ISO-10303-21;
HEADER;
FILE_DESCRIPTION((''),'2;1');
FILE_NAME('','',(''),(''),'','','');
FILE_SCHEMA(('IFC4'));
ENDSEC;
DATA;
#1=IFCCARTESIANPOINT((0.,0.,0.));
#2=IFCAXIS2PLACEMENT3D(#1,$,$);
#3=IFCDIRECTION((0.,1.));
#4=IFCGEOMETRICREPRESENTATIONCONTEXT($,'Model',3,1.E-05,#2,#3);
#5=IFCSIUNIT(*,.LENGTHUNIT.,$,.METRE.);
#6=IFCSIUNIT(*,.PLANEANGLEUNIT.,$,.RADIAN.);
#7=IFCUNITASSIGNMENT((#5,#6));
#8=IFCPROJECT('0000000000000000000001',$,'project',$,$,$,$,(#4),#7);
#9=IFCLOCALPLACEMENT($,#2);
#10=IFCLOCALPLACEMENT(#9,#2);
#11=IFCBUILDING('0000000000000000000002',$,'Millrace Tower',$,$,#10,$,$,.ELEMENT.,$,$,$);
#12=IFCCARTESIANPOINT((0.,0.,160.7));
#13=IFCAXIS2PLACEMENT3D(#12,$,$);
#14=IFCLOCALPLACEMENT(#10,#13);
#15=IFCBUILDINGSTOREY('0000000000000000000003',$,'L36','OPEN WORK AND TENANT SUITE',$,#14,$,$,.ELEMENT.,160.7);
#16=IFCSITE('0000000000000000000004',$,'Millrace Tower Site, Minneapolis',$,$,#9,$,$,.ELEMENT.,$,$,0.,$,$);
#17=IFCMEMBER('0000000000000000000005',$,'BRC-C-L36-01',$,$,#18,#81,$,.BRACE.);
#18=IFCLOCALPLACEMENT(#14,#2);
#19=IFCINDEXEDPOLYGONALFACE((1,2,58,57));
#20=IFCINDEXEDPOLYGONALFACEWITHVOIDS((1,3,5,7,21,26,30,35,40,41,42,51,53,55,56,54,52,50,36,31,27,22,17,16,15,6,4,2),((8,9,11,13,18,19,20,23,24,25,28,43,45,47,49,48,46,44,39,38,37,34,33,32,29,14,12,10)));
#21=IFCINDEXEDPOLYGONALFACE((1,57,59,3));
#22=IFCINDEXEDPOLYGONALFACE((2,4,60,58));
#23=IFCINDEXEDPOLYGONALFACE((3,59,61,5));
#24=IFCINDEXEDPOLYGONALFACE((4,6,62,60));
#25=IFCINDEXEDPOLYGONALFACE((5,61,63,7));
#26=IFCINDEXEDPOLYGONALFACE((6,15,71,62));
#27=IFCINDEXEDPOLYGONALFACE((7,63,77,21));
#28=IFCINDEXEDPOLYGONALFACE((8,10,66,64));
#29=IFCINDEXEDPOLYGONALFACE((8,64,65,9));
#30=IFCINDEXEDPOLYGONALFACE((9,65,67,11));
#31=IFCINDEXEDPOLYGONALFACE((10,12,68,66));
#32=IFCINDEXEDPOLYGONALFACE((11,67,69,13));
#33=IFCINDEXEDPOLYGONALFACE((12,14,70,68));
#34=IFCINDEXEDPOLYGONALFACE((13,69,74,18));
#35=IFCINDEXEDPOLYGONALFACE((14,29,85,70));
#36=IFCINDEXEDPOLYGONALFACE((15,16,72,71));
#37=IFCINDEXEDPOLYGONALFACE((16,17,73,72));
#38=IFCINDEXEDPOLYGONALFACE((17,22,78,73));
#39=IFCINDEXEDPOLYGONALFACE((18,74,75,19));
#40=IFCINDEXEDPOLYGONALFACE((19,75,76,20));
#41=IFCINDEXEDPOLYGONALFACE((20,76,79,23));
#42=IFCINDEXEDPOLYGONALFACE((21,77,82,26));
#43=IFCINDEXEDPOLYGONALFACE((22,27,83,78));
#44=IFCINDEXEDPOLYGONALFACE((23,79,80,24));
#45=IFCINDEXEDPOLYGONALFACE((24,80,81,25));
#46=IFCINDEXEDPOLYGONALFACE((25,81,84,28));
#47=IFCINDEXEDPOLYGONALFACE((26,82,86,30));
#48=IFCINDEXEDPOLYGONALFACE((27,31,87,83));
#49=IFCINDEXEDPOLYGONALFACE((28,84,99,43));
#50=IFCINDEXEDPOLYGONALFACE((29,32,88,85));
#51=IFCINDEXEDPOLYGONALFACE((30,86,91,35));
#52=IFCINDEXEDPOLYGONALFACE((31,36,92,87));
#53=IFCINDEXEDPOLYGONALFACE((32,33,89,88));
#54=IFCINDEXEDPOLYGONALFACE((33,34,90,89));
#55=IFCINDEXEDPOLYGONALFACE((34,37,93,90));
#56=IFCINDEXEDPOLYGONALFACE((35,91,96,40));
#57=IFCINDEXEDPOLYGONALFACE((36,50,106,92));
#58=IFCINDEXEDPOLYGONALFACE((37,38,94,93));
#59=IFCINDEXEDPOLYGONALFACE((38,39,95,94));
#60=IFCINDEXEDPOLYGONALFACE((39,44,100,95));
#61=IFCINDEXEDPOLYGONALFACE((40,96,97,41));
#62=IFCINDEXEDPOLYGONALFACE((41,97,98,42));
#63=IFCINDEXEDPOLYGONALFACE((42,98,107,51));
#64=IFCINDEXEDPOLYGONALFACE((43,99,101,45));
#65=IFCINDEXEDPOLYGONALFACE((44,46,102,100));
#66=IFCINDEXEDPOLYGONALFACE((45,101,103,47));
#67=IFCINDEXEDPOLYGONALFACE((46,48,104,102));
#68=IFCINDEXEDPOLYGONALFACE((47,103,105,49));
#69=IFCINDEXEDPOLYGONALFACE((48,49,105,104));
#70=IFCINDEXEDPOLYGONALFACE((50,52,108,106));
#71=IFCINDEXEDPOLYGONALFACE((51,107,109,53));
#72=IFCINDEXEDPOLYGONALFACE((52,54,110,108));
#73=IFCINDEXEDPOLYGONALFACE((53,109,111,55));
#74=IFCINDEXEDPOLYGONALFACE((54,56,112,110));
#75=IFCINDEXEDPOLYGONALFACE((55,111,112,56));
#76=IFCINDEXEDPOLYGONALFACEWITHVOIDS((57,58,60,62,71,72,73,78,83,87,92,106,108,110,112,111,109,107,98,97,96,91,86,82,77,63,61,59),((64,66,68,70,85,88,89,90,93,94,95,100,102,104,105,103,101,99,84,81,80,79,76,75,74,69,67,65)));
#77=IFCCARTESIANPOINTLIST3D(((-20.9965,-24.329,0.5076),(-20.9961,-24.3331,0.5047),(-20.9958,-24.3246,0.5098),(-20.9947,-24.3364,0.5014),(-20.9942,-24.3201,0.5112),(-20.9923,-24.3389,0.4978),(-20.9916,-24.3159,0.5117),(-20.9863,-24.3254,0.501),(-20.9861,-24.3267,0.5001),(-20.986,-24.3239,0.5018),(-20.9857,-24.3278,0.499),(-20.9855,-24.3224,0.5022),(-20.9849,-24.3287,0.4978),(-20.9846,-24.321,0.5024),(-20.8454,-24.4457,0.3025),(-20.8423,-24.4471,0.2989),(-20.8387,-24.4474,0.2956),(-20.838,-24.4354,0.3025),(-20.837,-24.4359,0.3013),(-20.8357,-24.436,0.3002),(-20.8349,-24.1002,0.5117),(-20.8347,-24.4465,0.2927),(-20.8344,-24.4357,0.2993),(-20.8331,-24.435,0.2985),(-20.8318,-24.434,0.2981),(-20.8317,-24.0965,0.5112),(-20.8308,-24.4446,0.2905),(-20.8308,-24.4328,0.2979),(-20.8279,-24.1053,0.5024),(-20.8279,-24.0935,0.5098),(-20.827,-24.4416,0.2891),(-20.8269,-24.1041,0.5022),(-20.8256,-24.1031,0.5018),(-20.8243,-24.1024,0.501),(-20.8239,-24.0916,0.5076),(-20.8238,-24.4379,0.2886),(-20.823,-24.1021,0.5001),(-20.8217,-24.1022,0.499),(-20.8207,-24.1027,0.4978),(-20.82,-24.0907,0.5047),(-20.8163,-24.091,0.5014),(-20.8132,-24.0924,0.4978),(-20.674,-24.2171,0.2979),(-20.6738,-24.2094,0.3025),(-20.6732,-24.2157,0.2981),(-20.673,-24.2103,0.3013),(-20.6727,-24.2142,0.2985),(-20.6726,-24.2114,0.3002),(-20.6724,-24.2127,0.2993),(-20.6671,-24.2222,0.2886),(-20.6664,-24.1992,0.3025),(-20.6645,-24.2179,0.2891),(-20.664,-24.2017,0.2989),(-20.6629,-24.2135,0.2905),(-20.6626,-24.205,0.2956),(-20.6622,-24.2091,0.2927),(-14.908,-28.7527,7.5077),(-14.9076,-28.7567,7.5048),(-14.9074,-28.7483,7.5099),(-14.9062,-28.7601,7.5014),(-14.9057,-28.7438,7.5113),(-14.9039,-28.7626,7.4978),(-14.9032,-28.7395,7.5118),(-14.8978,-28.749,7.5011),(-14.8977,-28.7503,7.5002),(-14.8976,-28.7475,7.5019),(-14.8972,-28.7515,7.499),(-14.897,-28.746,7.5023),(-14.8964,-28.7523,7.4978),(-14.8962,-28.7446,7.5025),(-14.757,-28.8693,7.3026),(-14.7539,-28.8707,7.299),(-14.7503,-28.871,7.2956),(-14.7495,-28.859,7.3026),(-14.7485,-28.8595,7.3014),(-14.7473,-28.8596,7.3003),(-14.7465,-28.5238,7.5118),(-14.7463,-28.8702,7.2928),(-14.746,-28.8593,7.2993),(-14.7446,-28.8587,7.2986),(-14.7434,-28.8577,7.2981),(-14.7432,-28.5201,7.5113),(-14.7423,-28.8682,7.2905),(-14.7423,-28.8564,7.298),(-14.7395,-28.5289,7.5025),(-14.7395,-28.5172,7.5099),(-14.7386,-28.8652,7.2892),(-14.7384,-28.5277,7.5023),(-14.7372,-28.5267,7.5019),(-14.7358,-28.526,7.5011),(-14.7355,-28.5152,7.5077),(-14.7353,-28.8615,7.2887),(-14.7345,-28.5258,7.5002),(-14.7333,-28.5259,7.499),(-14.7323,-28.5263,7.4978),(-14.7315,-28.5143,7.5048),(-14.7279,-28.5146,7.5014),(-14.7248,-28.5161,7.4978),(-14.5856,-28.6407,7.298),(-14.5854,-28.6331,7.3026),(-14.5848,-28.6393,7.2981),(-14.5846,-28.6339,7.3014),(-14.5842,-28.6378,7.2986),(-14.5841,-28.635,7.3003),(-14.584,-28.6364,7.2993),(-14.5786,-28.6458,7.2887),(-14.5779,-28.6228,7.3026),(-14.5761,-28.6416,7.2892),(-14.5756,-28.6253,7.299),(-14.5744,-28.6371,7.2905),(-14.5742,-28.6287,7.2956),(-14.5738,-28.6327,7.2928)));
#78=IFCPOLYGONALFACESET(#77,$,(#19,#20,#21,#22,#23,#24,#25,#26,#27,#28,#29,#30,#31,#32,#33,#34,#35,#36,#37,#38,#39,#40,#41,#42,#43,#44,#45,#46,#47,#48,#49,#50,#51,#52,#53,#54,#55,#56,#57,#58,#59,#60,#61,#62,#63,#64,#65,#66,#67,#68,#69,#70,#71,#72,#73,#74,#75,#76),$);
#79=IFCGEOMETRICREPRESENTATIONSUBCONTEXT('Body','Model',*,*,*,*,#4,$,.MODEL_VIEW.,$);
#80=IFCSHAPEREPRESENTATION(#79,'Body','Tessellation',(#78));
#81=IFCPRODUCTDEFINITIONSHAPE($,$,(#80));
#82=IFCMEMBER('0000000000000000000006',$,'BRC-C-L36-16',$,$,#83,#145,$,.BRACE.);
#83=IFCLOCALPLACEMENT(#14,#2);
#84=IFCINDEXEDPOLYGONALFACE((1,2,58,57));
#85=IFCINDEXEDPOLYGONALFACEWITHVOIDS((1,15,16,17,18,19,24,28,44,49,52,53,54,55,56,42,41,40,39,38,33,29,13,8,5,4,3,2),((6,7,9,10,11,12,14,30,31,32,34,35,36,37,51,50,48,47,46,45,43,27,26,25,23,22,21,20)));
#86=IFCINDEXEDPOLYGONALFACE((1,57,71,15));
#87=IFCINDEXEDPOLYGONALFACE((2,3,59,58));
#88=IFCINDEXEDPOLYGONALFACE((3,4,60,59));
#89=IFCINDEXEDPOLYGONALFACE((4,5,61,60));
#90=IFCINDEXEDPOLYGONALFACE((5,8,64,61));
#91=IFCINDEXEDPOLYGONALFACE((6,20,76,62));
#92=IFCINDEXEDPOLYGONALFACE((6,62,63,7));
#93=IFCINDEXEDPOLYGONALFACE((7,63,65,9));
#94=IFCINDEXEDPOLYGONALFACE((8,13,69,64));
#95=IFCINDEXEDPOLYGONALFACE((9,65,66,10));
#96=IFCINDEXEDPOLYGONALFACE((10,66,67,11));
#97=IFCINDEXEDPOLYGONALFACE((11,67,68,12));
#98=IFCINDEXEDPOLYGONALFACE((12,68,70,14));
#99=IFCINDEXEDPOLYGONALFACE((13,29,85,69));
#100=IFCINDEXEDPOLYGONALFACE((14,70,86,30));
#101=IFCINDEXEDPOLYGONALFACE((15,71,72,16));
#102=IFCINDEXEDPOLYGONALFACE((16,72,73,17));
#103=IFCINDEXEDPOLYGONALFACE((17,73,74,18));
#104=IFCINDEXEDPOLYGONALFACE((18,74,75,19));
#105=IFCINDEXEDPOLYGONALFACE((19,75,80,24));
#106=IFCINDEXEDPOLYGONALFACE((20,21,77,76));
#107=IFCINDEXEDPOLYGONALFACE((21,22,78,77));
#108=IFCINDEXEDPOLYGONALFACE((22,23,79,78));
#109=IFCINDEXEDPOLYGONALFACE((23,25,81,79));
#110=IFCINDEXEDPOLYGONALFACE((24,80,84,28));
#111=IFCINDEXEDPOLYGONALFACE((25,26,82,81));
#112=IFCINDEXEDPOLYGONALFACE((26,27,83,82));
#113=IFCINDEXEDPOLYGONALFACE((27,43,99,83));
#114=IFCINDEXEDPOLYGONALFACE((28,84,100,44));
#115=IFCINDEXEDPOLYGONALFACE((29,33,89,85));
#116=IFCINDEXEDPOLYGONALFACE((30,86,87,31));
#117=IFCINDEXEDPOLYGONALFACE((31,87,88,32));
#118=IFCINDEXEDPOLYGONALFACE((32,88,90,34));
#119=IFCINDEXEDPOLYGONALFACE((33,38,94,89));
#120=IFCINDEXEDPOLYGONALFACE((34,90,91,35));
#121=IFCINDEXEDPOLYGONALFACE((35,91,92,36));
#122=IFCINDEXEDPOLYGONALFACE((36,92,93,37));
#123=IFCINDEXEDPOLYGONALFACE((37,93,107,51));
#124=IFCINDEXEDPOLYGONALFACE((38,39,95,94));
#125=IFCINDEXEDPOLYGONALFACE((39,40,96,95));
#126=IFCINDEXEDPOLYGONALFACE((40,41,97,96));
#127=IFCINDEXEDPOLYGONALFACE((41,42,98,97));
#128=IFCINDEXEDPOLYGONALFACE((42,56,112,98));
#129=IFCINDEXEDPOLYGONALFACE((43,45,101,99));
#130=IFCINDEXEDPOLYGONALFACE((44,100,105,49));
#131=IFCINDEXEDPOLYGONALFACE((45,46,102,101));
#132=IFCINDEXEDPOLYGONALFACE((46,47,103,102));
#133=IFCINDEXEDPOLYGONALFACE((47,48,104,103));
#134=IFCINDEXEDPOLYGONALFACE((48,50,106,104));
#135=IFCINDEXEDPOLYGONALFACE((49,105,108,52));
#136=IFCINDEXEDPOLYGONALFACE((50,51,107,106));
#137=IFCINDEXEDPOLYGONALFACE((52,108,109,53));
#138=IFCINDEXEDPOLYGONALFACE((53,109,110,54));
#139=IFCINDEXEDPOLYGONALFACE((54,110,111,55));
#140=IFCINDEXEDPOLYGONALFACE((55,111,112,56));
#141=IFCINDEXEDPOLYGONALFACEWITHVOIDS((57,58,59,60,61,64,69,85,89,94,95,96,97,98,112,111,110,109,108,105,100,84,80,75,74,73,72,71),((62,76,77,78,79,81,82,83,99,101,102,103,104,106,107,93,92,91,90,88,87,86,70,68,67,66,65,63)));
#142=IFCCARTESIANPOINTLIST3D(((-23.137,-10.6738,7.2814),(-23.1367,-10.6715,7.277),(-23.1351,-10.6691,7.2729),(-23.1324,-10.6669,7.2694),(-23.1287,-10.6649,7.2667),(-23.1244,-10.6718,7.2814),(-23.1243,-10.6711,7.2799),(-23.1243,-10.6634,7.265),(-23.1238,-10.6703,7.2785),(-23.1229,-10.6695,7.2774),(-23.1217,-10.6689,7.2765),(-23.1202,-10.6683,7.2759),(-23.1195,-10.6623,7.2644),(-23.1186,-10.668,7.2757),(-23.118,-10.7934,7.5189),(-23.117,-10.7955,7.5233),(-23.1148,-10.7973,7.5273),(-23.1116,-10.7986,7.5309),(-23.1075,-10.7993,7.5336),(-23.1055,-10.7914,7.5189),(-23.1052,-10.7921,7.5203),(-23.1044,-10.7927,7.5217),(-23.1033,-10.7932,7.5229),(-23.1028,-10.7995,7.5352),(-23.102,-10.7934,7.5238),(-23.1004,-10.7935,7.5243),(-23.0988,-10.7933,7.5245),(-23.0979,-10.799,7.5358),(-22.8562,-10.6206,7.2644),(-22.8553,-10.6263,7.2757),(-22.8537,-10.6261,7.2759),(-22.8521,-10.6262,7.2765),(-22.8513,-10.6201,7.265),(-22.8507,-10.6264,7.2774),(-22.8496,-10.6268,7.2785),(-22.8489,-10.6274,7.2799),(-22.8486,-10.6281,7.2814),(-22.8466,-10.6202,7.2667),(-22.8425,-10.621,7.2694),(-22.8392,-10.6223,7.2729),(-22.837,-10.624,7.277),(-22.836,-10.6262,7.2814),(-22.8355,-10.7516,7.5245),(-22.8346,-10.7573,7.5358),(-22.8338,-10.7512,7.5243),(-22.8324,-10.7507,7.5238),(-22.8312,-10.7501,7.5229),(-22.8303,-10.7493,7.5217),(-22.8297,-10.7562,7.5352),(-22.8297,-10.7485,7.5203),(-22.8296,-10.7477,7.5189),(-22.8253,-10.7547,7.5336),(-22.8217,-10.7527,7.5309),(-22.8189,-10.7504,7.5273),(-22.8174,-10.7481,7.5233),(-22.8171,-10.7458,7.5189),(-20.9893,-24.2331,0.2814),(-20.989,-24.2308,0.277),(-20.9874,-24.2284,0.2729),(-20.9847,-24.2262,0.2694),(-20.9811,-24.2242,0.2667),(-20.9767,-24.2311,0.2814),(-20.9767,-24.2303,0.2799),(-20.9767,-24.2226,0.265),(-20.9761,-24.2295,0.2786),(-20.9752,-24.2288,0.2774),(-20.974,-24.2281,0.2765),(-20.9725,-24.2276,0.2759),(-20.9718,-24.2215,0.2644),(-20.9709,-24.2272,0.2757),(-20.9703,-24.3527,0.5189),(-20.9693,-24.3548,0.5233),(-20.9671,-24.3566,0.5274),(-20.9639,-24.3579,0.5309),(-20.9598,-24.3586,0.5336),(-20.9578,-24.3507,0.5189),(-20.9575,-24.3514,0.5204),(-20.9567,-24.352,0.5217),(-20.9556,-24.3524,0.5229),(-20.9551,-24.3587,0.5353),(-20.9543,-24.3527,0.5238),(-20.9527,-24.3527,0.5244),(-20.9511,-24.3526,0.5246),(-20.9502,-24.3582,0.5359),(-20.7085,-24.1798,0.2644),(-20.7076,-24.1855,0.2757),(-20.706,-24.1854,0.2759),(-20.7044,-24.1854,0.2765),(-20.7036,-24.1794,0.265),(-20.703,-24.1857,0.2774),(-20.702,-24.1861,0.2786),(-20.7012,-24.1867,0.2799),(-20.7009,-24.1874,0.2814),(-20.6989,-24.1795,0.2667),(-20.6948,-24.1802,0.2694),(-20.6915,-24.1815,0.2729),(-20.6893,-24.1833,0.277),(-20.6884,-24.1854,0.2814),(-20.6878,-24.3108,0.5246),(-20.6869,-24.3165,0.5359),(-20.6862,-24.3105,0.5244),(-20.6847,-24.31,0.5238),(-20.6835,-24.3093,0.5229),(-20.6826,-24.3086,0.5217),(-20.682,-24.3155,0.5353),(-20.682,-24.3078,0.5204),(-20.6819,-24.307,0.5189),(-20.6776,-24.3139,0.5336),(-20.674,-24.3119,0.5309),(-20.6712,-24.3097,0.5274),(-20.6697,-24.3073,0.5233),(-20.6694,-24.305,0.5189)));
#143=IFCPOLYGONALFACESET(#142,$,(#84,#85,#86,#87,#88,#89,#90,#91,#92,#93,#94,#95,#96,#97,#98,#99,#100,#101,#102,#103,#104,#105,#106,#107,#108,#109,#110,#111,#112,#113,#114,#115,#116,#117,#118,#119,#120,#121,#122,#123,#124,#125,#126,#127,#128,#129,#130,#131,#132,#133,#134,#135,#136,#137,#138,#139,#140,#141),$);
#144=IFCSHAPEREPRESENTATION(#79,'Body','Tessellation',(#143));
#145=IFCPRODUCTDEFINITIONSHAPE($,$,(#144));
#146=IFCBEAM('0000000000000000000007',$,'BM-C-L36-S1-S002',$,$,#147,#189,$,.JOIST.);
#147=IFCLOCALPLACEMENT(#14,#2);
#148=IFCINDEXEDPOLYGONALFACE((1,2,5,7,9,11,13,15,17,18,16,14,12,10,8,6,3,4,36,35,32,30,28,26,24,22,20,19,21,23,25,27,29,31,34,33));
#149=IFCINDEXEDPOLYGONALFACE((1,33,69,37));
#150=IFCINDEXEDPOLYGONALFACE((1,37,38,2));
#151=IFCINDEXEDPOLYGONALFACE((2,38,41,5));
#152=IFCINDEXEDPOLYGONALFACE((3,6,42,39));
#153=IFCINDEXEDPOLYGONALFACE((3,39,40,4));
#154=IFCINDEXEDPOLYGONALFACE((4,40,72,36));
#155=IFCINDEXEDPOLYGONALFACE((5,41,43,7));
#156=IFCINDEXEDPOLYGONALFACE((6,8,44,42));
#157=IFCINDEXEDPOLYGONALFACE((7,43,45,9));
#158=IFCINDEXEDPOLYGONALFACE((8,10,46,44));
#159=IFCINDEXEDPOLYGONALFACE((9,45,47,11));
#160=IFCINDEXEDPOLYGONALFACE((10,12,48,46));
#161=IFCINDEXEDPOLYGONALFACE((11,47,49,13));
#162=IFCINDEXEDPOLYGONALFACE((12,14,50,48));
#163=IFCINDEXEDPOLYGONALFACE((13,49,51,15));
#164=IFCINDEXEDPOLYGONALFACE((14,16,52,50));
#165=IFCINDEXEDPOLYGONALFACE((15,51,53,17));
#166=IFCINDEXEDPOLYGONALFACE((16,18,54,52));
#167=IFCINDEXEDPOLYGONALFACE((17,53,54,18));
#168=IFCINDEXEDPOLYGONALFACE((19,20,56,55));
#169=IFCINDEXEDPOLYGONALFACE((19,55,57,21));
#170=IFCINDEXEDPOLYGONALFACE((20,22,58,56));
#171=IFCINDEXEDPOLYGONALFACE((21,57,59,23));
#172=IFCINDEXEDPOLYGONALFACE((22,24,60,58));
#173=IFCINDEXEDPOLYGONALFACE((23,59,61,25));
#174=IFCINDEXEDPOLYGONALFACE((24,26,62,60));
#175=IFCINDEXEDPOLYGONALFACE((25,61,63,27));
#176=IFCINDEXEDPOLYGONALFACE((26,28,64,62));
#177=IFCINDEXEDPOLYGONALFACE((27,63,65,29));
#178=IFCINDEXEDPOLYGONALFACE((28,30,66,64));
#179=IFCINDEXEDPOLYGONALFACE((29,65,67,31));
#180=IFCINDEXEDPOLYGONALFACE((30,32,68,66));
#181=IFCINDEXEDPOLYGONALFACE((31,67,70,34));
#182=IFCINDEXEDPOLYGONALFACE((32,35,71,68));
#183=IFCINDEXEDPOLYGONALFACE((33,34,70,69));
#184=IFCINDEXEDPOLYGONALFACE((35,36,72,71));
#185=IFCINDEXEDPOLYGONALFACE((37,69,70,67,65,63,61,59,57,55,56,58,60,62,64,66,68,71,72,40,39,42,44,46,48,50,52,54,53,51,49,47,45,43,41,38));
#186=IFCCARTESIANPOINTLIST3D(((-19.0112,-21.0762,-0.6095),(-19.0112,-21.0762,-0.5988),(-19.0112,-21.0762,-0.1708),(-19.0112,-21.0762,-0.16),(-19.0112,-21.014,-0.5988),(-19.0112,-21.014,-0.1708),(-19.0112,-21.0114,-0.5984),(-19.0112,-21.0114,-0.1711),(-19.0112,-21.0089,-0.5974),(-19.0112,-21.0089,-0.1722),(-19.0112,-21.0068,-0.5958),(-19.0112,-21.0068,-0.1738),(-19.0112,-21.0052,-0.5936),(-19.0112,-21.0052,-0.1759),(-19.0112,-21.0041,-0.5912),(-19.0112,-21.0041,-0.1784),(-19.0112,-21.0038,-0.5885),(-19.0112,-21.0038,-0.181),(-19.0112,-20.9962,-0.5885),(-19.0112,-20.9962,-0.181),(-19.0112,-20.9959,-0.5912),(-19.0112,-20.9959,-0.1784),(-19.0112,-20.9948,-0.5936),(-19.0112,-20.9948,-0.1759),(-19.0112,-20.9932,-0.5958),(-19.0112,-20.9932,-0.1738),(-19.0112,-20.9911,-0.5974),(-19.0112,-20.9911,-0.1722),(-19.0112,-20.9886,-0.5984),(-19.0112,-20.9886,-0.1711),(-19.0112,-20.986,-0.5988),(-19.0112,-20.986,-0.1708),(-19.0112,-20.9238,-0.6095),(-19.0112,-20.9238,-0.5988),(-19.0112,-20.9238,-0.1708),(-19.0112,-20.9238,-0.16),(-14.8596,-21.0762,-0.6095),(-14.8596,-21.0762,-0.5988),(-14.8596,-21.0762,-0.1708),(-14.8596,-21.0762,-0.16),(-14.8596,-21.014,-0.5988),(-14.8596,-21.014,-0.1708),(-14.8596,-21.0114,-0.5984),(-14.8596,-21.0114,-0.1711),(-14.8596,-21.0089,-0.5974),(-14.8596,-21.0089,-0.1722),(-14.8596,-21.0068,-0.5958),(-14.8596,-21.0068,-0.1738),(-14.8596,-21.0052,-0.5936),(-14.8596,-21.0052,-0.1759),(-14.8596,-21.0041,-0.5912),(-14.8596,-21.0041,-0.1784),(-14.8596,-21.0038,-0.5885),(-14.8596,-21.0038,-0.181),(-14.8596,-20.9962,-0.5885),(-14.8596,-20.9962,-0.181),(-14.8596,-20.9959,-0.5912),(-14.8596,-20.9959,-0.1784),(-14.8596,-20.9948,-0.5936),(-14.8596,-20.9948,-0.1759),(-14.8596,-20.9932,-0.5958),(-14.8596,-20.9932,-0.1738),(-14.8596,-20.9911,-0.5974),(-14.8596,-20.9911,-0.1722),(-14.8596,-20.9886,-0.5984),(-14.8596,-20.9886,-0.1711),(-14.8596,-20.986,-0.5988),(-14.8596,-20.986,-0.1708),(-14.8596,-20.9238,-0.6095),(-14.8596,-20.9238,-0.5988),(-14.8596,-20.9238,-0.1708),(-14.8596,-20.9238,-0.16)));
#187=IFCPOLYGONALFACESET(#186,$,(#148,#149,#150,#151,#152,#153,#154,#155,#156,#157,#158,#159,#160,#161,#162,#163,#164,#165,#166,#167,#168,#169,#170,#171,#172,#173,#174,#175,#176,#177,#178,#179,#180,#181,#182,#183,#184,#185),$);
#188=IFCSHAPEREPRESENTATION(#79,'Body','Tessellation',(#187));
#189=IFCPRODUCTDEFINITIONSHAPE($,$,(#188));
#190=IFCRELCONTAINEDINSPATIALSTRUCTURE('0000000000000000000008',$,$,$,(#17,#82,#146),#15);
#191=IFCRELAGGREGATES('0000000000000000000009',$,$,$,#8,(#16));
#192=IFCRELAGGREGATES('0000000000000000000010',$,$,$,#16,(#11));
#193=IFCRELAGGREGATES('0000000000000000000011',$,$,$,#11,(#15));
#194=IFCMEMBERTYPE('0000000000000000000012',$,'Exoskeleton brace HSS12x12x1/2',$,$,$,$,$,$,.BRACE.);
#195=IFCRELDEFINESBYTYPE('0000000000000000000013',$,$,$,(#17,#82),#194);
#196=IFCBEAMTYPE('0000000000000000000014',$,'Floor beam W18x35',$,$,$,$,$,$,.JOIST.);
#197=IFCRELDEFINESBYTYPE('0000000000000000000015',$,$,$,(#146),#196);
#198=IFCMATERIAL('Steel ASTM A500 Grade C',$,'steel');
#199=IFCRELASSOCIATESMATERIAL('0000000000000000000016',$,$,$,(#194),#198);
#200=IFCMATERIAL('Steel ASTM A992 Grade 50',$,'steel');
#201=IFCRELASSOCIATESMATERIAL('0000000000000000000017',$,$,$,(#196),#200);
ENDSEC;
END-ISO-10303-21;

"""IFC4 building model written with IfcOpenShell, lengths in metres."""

from ifc_helpers import new_model, si_unit, direction, frame, origin, origin_2d, place, context, subcontext, project, spatial, hollow_rectangle, i_section, extrude, material, material_profile, profile_set, type_object, element, save


model = new_model("IFC4")

# Units and contexts
model_context = context("Model", 3, precision=1e-05, world=origin(), true_north=direction((0.0, 1.0)))
body_context = subcontext(model_context, "Body", "Model", "MODEL_VIEW")
ifc_project = project(units=[si_unit("LENGTHUNIT", "METRE"), si_unit("PLANEANGLEUNIT", "RADIAN")], contexts=[model_context])

# Site, building, storey
site_placement = place(None, origin())
site = spatial("IfcSite", under=ifc_project, at=site_placement, Name="Millrace Tower Site, Minneapolis", CompositionType="ELEMENT", RefElevation=0.0)
building_placement = place(site_placement, origin())
building = spatial("IfcBuilding", under=site, at=building_placement, Name="Millrace Tower", CompositionType="ELEMENT")
storey_placement = place(building_placement, frame((0.0, 0.0, 160.7)))
storey = spatial("IfcBuildingStorey", under=building, at=storey_placement, Name="L36", Description="OPEN WORK AND TENANT SUITE", CompositionType="ELEMENT", Elevation=160.7)

# Members
ifc_material_1 = material(Name="Steel ASTM A500 Grade C", Category="steel")
ifc_material_profile_1 = material_profile(ifc_material_1, hollow_rectangle(XDim=0.3047, YDim=0.3047, WallThickness=0.0127, InnerFilletRadius=0.0063, OuterFilletRadius=0.019, at=origin_2d()))
ifc_profile_set_1 = profile_set([ifc_material_profile_1], Name="Steel ASTM A500 Grade C")
member_type_1 = type_object("IfcMemberType", Name="Exoskeleton brace HSS12x12x1/2", PredefinedType="BRACE", material=ifc_profile_set_1)
member_1_placement = place(storey_placement, frame((-20.8293, -24.269, 0.4001), z_axis=(0.592372, -0.430395, 0.681069), x_axis=(0.587795, 0.80901, 0.0)))
element("IfcMember", 1, at=member_1_placement, inside=storey, type_object=member_type_1, Name="BRC-C-L36-01", PredefinedType="BRACE", context=body_context, shape_type="SweptSolid", body=[
    extrude(hollow_rectangle(XDim=0.3047, YDim=0.3047, WallThickness=0.0127, InnerFilletRadius=0.0063, OuterFilletRadius=0.019, at=origin_2d()), origin(), (0.0, 0.0, 1.0), 10.2781),
])
member_2_placement = place(storey_placement, frame((-20.8293, -24.269, 0.4001), z_axis=(-0.139371, 0.879905, 0.454251), x_axis=(-0.987687, -0.156443, 0.0)))
element("IfcMember", 2, at=member_2_placement, inside=storey, type_object=member_type_1, Name="BRC-C-L36-16", PredefinedType="BRACE", context=body_context, shape_type="SweptSolid", body=[
    extrude(hollow_rectangle(XDim=0.3047, YDim=0.3047, WallThickness=0.0127, InnerFilletRadius=0.0063, OuterFilletRadius=0.019, at=origin_2d()), origin(), (0.0, 0.0, 1.0), 15.4099),
])

# Beam
ifc_material_2 = material(Name="Steel ASTM A992 Grade 50", Category="steel")
ifc_material_profile_2 = material_profile(ifc_material_2, i_section(OverallWidth=0.1523, OverallDepth=0.4495, WebThickness=0.0076, FlangeThickness=0.0107, FilletRadius=0.0103, at=origin_2d()))
ifc_profile_set_2 = profile_set([ifc_material_profile_2], Name="Steel ASTM A992 Grade 50")
beam_type_1 = type_object("IfcBeamType", Name="Floor beam W18x35", PredefinedType="JOIST", material=ifc_profile_set_2)
beam_1_placement = place(storey_placement, frame((-19.0112, -21.0, -0.3848), z_axis=(1.0, 0.0, 0.0), x_axis=(0.0, 1.0, 0.0)))
element("IfcBeam", 3, at=beam_1_placement, inside=storey, type_object=beam_type_1, Name="BM-C-L36-S1-S002", PredefinedType="JOIST", context=body_context, shape_type="SweptSolid", body=[
    extrude(i_section(OverallWidth=0.1523, OverallDepth=0.4495, WebThickness=0.0076, FlangeThickness=0.0107, FilletRadius=0.0103, at=origin_2d()), origin(), (0.0, 0.0, 1.0), 4.1516),
])

save(model, "model.ifc")
